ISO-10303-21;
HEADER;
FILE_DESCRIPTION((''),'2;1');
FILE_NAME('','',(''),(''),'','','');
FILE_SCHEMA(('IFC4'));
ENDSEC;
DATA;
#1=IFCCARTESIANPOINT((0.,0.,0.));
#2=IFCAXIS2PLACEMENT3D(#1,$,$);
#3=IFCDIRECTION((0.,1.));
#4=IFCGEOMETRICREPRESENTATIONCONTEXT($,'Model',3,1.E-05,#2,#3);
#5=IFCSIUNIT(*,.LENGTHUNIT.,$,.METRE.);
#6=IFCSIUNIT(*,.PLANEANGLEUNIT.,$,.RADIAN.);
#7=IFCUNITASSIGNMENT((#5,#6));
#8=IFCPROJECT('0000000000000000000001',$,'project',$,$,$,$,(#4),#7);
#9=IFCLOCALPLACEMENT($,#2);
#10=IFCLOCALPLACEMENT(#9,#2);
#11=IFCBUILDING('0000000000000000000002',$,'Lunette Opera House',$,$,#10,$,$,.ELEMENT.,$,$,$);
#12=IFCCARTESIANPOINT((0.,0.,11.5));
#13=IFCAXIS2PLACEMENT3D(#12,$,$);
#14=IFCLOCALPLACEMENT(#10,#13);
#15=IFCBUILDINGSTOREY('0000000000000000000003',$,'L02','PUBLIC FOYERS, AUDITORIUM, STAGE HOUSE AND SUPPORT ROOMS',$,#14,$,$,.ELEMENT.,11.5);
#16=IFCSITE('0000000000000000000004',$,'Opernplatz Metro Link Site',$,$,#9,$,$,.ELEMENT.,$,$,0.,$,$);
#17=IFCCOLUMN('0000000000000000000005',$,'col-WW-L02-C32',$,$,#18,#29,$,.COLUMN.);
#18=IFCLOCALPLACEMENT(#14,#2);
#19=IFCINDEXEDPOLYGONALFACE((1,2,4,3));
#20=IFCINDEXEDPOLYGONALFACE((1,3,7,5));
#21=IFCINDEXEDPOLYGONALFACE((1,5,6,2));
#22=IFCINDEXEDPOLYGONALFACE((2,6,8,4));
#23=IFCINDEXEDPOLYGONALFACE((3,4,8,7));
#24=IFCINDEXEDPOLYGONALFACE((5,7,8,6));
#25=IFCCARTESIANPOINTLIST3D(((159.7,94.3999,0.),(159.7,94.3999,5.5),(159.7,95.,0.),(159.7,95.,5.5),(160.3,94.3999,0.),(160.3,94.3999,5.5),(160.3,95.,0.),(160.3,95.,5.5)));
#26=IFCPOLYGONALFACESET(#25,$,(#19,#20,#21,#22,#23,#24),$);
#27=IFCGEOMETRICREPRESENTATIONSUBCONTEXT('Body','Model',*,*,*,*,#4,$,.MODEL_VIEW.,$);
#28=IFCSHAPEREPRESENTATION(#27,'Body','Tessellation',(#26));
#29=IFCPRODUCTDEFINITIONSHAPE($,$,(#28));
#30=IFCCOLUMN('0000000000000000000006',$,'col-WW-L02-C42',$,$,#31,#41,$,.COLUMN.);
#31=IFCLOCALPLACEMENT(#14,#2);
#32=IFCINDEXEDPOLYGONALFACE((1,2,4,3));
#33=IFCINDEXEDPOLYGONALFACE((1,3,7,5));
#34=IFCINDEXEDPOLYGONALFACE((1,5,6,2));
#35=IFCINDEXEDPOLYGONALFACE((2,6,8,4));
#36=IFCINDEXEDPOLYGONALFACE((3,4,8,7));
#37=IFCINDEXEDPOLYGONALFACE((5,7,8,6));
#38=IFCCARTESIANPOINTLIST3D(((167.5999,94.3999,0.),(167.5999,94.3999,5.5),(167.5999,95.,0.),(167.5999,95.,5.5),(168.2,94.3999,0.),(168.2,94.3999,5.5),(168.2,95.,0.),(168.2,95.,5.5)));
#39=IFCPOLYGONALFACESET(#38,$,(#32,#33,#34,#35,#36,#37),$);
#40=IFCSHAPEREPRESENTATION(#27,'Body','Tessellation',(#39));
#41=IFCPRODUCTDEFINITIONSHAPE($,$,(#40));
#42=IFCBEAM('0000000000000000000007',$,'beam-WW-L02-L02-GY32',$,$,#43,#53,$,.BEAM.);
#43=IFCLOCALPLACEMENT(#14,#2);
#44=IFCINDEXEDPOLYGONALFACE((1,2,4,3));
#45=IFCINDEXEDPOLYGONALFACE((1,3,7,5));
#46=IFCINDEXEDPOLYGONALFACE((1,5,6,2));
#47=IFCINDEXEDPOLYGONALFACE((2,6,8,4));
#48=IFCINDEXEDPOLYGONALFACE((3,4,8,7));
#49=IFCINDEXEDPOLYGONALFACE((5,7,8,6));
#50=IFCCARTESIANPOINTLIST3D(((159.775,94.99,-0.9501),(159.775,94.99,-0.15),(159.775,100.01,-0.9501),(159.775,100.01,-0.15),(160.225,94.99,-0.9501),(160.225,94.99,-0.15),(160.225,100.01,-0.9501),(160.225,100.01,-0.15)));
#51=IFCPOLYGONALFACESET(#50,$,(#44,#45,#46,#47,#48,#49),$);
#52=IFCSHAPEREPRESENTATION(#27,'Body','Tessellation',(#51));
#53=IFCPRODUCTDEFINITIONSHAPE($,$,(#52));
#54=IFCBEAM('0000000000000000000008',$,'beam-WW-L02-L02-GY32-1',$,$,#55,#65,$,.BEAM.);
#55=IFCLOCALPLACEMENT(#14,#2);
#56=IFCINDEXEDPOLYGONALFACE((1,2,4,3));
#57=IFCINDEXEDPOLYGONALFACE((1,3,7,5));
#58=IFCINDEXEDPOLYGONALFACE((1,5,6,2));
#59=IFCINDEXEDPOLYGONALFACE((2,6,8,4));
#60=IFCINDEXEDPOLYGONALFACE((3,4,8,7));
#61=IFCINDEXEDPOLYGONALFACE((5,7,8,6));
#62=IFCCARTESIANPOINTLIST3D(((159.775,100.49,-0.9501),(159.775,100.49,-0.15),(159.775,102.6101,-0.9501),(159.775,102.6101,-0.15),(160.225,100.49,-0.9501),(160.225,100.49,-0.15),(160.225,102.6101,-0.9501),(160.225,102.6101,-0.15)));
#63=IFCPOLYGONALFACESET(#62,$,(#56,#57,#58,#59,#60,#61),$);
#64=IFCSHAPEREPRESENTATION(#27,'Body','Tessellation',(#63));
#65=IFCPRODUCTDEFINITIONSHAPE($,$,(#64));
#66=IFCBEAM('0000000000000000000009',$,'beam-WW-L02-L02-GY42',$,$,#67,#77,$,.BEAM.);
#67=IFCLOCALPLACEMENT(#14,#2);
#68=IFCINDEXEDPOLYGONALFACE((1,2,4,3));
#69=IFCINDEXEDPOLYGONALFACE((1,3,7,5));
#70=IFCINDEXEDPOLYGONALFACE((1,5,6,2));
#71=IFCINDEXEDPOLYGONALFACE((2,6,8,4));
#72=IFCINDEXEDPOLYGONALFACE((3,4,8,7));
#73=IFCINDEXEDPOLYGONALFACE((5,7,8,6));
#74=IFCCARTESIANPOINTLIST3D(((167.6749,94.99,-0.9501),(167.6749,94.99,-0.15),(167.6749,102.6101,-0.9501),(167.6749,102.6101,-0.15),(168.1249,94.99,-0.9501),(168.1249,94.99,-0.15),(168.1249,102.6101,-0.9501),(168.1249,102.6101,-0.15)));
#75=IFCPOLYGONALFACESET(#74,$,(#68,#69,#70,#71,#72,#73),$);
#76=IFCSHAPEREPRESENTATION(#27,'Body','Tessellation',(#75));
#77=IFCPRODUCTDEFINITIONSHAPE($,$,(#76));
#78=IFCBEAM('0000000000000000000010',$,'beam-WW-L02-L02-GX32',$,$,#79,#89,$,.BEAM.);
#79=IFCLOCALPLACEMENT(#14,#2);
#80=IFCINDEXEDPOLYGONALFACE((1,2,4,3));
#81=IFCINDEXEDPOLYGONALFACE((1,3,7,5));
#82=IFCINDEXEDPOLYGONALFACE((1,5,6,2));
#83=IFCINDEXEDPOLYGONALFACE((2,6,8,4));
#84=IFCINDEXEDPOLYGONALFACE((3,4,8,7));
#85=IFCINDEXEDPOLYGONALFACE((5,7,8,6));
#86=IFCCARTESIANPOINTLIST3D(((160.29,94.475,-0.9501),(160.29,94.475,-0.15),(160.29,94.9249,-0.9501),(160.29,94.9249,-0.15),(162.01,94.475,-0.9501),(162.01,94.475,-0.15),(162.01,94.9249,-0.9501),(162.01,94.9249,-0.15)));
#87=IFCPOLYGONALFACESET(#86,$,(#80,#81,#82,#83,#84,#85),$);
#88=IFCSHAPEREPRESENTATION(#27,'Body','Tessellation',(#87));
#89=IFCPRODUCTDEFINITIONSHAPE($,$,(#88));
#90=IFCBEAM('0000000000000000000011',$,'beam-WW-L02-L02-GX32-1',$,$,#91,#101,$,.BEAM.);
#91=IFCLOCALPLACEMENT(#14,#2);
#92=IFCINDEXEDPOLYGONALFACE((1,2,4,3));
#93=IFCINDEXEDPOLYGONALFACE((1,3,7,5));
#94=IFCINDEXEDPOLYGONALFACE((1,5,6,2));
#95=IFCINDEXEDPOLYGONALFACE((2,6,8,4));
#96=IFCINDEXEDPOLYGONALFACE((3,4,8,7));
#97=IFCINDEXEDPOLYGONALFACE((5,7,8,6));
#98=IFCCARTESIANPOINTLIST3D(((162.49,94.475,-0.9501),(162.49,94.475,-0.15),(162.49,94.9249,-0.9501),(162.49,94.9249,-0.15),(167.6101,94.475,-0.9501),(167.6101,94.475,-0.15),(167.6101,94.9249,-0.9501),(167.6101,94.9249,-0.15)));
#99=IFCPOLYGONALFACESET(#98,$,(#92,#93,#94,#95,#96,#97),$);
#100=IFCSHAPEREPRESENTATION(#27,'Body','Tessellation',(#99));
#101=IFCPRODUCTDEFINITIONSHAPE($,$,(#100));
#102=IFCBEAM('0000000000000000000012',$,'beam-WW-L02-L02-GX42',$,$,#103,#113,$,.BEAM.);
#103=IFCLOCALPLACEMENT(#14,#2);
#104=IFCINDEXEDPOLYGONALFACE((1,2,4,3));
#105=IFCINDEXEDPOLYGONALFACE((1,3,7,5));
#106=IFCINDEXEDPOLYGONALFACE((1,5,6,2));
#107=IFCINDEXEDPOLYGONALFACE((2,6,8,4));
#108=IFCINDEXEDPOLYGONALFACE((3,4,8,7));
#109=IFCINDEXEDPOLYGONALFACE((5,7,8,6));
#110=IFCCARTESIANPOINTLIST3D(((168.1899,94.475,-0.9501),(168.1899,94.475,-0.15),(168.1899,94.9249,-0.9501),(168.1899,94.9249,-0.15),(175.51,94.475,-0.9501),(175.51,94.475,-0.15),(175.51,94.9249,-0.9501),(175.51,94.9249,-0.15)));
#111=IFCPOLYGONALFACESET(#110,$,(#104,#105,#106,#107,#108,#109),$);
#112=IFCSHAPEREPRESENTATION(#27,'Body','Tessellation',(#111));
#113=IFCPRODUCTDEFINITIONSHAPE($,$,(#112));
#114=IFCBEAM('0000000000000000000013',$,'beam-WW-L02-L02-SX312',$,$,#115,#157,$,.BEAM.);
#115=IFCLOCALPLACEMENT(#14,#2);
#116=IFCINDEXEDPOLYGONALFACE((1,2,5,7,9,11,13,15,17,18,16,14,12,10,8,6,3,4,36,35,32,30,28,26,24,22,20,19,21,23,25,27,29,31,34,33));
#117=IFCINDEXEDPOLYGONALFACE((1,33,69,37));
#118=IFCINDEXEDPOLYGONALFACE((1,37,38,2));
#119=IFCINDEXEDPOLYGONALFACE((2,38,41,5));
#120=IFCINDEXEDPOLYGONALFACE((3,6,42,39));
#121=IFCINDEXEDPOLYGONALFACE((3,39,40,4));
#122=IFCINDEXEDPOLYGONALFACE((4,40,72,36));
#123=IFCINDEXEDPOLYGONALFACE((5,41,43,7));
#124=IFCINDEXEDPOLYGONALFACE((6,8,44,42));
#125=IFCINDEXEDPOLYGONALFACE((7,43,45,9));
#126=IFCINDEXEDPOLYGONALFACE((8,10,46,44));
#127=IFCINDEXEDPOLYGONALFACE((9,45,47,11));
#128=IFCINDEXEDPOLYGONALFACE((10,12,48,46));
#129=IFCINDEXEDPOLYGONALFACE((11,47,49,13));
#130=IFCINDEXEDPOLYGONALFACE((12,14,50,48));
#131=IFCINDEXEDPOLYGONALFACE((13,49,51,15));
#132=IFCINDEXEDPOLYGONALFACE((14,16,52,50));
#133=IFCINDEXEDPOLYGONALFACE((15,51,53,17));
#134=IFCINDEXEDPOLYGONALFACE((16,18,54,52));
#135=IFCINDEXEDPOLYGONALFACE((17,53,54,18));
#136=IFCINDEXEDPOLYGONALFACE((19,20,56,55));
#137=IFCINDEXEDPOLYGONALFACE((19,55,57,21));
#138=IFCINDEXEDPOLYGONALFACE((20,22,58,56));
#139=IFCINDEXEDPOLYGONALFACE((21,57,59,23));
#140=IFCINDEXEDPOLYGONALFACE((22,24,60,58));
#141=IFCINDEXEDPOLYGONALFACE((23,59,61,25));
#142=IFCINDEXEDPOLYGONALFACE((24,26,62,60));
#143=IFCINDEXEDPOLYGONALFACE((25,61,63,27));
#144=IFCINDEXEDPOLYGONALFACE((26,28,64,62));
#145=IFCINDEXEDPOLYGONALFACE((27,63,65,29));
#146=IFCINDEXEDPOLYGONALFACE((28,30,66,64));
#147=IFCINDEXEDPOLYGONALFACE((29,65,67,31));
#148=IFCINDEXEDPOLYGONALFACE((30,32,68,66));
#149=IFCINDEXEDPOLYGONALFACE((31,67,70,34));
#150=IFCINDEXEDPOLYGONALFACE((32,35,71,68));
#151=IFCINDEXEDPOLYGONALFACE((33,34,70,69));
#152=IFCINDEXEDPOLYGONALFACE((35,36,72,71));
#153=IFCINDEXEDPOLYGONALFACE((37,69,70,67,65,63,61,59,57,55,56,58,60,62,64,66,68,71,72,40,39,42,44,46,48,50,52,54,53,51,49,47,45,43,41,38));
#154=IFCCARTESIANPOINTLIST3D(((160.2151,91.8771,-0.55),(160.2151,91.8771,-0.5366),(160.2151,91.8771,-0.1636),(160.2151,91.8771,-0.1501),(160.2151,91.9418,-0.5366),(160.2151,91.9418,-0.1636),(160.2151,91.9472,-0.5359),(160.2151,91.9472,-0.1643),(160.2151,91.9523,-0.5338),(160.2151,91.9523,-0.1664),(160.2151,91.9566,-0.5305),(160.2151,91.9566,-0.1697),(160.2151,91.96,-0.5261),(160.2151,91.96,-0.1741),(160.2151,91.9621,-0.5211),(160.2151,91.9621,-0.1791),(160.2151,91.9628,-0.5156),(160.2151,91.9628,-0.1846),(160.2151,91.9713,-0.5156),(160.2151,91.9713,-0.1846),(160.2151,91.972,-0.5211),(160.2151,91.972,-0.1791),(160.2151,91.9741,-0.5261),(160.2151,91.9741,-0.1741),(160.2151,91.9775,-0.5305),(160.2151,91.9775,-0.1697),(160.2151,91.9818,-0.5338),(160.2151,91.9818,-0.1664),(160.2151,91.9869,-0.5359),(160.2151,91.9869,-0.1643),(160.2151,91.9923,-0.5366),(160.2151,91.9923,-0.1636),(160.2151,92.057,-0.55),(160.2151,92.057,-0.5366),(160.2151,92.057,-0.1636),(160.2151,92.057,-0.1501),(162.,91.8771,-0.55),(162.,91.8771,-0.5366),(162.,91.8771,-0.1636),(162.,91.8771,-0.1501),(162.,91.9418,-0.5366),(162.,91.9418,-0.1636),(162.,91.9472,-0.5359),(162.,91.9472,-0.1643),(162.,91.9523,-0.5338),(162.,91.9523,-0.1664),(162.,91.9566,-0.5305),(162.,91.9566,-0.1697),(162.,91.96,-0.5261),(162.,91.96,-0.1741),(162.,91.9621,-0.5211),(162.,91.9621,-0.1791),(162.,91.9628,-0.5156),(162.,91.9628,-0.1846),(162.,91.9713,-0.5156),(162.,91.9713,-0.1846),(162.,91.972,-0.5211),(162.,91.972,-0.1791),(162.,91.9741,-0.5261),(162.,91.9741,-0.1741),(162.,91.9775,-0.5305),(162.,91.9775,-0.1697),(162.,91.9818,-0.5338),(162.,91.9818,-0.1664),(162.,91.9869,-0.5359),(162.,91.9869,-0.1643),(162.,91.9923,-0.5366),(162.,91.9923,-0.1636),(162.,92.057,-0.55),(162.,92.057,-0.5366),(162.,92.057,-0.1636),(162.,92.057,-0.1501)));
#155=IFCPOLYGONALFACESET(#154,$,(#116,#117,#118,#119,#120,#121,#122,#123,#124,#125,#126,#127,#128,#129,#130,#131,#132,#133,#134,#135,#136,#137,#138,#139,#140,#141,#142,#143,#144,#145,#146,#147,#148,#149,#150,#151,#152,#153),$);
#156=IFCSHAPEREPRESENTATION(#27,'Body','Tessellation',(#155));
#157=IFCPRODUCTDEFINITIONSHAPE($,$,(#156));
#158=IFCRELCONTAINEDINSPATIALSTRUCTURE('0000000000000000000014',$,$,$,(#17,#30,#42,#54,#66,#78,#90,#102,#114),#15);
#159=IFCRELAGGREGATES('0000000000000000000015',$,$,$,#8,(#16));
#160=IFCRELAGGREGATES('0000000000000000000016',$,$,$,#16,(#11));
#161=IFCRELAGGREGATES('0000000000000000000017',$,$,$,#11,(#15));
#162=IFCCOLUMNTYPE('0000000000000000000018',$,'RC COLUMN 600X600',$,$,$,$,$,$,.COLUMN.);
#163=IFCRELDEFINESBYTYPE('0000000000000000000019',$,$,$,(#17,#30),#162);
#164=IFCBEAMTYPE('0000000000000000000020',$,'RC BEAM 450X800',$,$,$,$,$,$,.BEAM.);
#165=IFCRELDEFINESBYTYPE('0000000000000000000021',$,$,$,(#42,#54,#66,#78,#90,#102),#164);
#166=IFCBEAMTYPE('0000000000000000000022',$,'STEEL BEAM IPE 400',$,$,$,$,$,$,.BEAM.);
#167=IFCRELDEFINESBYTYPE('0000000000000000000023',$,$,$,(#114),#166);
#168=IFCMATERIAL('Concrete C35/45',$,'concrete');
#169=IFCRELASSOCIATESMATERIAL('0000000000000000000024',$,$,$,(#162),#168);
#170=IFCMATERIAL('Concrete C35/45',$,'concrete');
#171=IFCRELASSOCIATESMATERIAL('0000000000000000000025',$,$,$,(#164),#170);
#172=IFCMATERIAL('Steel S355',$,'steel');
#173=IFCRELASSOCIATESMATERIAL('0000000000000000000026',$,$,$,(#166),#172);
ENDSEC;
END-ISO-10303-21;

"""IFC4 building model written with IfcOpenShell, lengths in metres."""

from ifc_helpers import new_model, si_unit, direction, frame, origin, origin_2d, place, context, subcontext, project, spatial, rectangle, i_section, extrude, material, material_profile, profile_set, type_object, element, save


model = new_model("IFC4")

# Units and contexts
model_context = context("Model", 3, precision=1e-05, world=origin(), true_north=direction((0.0, 1.0)))
body_context = subcontext(model_context, "Body", "Model", "MODEL_VIEW")
ifc_project = project(units=[si_unit("LENGTHUNIT", "METRE"), si_unit("PLANEANGLEUNIT", "RADIAN")], contexts=[model_context])

# Site, building, storey
site_placement = place(None, origin())
site = spatial("IfcSite", under=ifc_project, at=site_placement, Name="Opernplatz Metro Link Site", CompositionType="ELEMENT", RefElevation=0.0)
building_placement = place(site_placement, origin())
building = spatial("IfcBuilding", under=site, at=building_placement, Name="Lunette Opera House", CompositionType="ELEMENT")
storey_placement = place(building_placement, frame((0.0, 0.0, 11.5)))
storey = spatial("IfcBuildingStorey", under=building, at=storey_placement, Name="L02", Description="PUBLIC FOYERS, AUDITORIUM, STAGE HOUSE AND SUPPORT ROOMS", CompositionType="ELEMENT", Elevation=11.5)

# Columns
ifc_material_1 = material(Name="Concrete C35/45", Category="concrete")
ifc_material_profile_1 = material_profile(ifc_material_1, rectangle(XDim=0.6001, YDim=0.6001, at=origin_2d()), Name="RC COLUMN 600X600")
ifc_profile_set_1 = profile_set([ifc_material_profile_1], Name="Concrete C35/45")
column_type = type_object("IfcColumnType", Name="RC COLUMN 600X600", PredefinedType="COLUMN", material=ifc_profile_set_1)
for number, where, z_axis, x_axis, name in (
    (1, (160.0, 94.7, 0.0), (0.0, 0.0, 1.0), (1.0, 0.0, 0.0), "col-WW-L02-C32"),
    (2, (167.8999, 94.7, 0.0), (0.0, 0.0, 1.0), (1.0, 0.0, 0.0), "col-WW-L02-C42"),
):
    element("IfcColumn", number, at=place(storey_placement, frame(where, z_axis=z_axis, x_axis=x_axis)), inside=storey, type_object=column_type, Name=name, PredefinedType="COLUMN", context=body_context, shape_type="SweptSolid", body=[
        extrude(rectangle(XDim=0.6001, YDim=0.6001, at=origin_2d()), origin(), (0.0, 0.0, 1.0), 5.5),
    ])

# Beams
ifc_material_2 = material(Name="Concrete C35/45", Category="concrete")
ifc_material_profile_2 = material_profile(ifc_material_2, rectangle(XDim=0.45, YDim=0.8, at=origin_2d()), Name="RC BEAM 450X800")
ifc_profile_set_2 = profile_set([ifc_material_profile_2], Name="Concrete C35/45")
beam_type_1 = type_object("IfcBeamType", Name="RC BEAM 450X800", PredefinedType="BEAM", material=ifc_profile_set_2)
beam_1_placement = place(storey_placement, frame((160.0, 94.99, -0.55), z_axis=(0.0, 1.0, 0.0), x_axis=(-1.0, 0.0, 0.0)))
element("IfcBeam", 3, at=beam_1_placement, inside=storey, type_object=beam_type_1, Name="beam-WW-L02-L02-GY32", PredefinedType="BEAM", context=body_context, shape_type="SweptSolid", body=[
    extrude(rectangle(XDim=0.45, YDim=0.8, at=origin_2d()), origin(), (0.0, 0.0, 1.0), 5.02),
])
beam_2_placement = place(storey_placement, frame((160.0, 100.49, -0.55), z_axis=(0.0, 1.0, 0.0), x_axis=(-1.0, 0.0, 0.0)))
element("IfcBeam", 4, at=beam_2_placement, inside=storey, type_object=beam_type_1, Name="beam-WW-L02-L02-GY32-1", PredefinedType="BEAM", context=body_context, shape_type="SweptSolid", body=[
    extrude(rectangle(XDim=0.45, YDim=0.8, at=origin_2d()), origin(), (0.0, 0.0, 1.0), 2.1201),
])
beam_3_placement = place(storey_placement, frame((167.8999, 94.99, -0.55), z_axis=(0.0, 1.0, 0.0), x_axis=(-1.0, 0.0, 0.0)))
element("IfcBeam", 5, at=beam_3_placement, inside=storey, type_object=beam_type_1, Name="beam-WW-L02-L02-GY42", PredefinedType="BEAM", context=body_context, shape_type="SweptSolid", body=[
    extrude(rectangle(XDim=0.45, YDim=0.8, at=origin_2d()), origin(), (0.0, 0.0, 1.0), 7.6201),
])
beam_4_placement = place(storey_placement, frame((160.29, 94.7, -0.55), z_axis=(1.0, 0.0, 0.0), x_axis=(0.0, 1.0, 0.0)))
element("IfcBeam", 6, at=beam_4_placement, inside=storey, type_object=beam_type_1, Name="beam-WW-L02-L02-GX32", PredefinedType="BEAM", context=body_context, shape_type="SweptSolid", body=[
    extrude(rectangle(XDim=0.45, YDim=0.8, at=origin_2d()), origin(), (0.0, 0.0, 1.0), 1.72),
])
beam_5_placement = place(storey_placement, frame((162.49, 94.7, -0.55), z_axis=(1.0, 0.0, 0.0), x_axis=(0.0, 1.0, 0.0)))
element("IfcBeam", 7, at=beam_5_placement, inside=storey, type_object=beam_type_1, Name="beam-WW-L02-L02-GX32-1", PredefinedType="BEAM", context=body_context, shape_type="SweptSolid", body=[
    extrude(rectangle(XDim=0.45, YDim=0.8, at=origin_2d()), origin(), (0.0, 0.0, 1.0), 5.1201),
])
beam_6_placement = place(storey_placement, frame((168.1899, 94.7, -0.55), z_axis=(1.0, 0.0, 0.0), x_axis=(0.0, 1.0, 0.0)))
element("IfcBeam", 8, at=beam_6_placement, inside=storey, type_object=beam_type_1, Name="beam-WW-L02-L02-GX42", PredefinedType="BEAM", context=body_context, shape_type="SweptSolid", body=[
    extrude(rectangle(XDim=0.45, YDim=0.8, at=origin_2d()), origin(), (0.0, 0.0, 1.0), 7.3201),
])
ifc_material_3 = material(Name="Steel S355", Category="steel")
ifc_material_profile_3 = material_profile(ifc_material_3, i_section(OverallWidth=0.1799, OverallDepth=0.3999, WebThickness=0.0085, FlangeThickness=0.0134, FilletRadius=0.021, at=origin_2d()), Name="IPE 400")
ifc_profile_set_3 = profile_set([ifc_material_profile_3], Name="Steel S355")
beam_type_2 = type_object("IfcBeamType", Name="STEEL BEAM IPE 400", PredefinedType="BEAM", material=ifc_profile_set_3)
beam_7_placement = place(storey_placement, frame((160.2151, 91.967, -0.3501), z_axis=(1.0, 0.0, 0.0), x_axis=(0.0, 1.0, 0.0)))
element("IfcBeam", 9, at=beam_7_placement, inside=storey, type_object=beam_type_2, Name="beam-WW-L02-L02-SX312", PredefinedType="BEAM", context=body_context, shape_type="SweptSolid", body=[
    extrude(i_section(OverallWidth=0.1799, OverallDepth=0.3999, WebThickness=0.0085, FlangeThickness=0.0134, FilletRadius=0.021, at=origin_2d()), origin(), (0.0, 0.0, 1.0), 1.7849),
])

save(model, "model.ifc")
